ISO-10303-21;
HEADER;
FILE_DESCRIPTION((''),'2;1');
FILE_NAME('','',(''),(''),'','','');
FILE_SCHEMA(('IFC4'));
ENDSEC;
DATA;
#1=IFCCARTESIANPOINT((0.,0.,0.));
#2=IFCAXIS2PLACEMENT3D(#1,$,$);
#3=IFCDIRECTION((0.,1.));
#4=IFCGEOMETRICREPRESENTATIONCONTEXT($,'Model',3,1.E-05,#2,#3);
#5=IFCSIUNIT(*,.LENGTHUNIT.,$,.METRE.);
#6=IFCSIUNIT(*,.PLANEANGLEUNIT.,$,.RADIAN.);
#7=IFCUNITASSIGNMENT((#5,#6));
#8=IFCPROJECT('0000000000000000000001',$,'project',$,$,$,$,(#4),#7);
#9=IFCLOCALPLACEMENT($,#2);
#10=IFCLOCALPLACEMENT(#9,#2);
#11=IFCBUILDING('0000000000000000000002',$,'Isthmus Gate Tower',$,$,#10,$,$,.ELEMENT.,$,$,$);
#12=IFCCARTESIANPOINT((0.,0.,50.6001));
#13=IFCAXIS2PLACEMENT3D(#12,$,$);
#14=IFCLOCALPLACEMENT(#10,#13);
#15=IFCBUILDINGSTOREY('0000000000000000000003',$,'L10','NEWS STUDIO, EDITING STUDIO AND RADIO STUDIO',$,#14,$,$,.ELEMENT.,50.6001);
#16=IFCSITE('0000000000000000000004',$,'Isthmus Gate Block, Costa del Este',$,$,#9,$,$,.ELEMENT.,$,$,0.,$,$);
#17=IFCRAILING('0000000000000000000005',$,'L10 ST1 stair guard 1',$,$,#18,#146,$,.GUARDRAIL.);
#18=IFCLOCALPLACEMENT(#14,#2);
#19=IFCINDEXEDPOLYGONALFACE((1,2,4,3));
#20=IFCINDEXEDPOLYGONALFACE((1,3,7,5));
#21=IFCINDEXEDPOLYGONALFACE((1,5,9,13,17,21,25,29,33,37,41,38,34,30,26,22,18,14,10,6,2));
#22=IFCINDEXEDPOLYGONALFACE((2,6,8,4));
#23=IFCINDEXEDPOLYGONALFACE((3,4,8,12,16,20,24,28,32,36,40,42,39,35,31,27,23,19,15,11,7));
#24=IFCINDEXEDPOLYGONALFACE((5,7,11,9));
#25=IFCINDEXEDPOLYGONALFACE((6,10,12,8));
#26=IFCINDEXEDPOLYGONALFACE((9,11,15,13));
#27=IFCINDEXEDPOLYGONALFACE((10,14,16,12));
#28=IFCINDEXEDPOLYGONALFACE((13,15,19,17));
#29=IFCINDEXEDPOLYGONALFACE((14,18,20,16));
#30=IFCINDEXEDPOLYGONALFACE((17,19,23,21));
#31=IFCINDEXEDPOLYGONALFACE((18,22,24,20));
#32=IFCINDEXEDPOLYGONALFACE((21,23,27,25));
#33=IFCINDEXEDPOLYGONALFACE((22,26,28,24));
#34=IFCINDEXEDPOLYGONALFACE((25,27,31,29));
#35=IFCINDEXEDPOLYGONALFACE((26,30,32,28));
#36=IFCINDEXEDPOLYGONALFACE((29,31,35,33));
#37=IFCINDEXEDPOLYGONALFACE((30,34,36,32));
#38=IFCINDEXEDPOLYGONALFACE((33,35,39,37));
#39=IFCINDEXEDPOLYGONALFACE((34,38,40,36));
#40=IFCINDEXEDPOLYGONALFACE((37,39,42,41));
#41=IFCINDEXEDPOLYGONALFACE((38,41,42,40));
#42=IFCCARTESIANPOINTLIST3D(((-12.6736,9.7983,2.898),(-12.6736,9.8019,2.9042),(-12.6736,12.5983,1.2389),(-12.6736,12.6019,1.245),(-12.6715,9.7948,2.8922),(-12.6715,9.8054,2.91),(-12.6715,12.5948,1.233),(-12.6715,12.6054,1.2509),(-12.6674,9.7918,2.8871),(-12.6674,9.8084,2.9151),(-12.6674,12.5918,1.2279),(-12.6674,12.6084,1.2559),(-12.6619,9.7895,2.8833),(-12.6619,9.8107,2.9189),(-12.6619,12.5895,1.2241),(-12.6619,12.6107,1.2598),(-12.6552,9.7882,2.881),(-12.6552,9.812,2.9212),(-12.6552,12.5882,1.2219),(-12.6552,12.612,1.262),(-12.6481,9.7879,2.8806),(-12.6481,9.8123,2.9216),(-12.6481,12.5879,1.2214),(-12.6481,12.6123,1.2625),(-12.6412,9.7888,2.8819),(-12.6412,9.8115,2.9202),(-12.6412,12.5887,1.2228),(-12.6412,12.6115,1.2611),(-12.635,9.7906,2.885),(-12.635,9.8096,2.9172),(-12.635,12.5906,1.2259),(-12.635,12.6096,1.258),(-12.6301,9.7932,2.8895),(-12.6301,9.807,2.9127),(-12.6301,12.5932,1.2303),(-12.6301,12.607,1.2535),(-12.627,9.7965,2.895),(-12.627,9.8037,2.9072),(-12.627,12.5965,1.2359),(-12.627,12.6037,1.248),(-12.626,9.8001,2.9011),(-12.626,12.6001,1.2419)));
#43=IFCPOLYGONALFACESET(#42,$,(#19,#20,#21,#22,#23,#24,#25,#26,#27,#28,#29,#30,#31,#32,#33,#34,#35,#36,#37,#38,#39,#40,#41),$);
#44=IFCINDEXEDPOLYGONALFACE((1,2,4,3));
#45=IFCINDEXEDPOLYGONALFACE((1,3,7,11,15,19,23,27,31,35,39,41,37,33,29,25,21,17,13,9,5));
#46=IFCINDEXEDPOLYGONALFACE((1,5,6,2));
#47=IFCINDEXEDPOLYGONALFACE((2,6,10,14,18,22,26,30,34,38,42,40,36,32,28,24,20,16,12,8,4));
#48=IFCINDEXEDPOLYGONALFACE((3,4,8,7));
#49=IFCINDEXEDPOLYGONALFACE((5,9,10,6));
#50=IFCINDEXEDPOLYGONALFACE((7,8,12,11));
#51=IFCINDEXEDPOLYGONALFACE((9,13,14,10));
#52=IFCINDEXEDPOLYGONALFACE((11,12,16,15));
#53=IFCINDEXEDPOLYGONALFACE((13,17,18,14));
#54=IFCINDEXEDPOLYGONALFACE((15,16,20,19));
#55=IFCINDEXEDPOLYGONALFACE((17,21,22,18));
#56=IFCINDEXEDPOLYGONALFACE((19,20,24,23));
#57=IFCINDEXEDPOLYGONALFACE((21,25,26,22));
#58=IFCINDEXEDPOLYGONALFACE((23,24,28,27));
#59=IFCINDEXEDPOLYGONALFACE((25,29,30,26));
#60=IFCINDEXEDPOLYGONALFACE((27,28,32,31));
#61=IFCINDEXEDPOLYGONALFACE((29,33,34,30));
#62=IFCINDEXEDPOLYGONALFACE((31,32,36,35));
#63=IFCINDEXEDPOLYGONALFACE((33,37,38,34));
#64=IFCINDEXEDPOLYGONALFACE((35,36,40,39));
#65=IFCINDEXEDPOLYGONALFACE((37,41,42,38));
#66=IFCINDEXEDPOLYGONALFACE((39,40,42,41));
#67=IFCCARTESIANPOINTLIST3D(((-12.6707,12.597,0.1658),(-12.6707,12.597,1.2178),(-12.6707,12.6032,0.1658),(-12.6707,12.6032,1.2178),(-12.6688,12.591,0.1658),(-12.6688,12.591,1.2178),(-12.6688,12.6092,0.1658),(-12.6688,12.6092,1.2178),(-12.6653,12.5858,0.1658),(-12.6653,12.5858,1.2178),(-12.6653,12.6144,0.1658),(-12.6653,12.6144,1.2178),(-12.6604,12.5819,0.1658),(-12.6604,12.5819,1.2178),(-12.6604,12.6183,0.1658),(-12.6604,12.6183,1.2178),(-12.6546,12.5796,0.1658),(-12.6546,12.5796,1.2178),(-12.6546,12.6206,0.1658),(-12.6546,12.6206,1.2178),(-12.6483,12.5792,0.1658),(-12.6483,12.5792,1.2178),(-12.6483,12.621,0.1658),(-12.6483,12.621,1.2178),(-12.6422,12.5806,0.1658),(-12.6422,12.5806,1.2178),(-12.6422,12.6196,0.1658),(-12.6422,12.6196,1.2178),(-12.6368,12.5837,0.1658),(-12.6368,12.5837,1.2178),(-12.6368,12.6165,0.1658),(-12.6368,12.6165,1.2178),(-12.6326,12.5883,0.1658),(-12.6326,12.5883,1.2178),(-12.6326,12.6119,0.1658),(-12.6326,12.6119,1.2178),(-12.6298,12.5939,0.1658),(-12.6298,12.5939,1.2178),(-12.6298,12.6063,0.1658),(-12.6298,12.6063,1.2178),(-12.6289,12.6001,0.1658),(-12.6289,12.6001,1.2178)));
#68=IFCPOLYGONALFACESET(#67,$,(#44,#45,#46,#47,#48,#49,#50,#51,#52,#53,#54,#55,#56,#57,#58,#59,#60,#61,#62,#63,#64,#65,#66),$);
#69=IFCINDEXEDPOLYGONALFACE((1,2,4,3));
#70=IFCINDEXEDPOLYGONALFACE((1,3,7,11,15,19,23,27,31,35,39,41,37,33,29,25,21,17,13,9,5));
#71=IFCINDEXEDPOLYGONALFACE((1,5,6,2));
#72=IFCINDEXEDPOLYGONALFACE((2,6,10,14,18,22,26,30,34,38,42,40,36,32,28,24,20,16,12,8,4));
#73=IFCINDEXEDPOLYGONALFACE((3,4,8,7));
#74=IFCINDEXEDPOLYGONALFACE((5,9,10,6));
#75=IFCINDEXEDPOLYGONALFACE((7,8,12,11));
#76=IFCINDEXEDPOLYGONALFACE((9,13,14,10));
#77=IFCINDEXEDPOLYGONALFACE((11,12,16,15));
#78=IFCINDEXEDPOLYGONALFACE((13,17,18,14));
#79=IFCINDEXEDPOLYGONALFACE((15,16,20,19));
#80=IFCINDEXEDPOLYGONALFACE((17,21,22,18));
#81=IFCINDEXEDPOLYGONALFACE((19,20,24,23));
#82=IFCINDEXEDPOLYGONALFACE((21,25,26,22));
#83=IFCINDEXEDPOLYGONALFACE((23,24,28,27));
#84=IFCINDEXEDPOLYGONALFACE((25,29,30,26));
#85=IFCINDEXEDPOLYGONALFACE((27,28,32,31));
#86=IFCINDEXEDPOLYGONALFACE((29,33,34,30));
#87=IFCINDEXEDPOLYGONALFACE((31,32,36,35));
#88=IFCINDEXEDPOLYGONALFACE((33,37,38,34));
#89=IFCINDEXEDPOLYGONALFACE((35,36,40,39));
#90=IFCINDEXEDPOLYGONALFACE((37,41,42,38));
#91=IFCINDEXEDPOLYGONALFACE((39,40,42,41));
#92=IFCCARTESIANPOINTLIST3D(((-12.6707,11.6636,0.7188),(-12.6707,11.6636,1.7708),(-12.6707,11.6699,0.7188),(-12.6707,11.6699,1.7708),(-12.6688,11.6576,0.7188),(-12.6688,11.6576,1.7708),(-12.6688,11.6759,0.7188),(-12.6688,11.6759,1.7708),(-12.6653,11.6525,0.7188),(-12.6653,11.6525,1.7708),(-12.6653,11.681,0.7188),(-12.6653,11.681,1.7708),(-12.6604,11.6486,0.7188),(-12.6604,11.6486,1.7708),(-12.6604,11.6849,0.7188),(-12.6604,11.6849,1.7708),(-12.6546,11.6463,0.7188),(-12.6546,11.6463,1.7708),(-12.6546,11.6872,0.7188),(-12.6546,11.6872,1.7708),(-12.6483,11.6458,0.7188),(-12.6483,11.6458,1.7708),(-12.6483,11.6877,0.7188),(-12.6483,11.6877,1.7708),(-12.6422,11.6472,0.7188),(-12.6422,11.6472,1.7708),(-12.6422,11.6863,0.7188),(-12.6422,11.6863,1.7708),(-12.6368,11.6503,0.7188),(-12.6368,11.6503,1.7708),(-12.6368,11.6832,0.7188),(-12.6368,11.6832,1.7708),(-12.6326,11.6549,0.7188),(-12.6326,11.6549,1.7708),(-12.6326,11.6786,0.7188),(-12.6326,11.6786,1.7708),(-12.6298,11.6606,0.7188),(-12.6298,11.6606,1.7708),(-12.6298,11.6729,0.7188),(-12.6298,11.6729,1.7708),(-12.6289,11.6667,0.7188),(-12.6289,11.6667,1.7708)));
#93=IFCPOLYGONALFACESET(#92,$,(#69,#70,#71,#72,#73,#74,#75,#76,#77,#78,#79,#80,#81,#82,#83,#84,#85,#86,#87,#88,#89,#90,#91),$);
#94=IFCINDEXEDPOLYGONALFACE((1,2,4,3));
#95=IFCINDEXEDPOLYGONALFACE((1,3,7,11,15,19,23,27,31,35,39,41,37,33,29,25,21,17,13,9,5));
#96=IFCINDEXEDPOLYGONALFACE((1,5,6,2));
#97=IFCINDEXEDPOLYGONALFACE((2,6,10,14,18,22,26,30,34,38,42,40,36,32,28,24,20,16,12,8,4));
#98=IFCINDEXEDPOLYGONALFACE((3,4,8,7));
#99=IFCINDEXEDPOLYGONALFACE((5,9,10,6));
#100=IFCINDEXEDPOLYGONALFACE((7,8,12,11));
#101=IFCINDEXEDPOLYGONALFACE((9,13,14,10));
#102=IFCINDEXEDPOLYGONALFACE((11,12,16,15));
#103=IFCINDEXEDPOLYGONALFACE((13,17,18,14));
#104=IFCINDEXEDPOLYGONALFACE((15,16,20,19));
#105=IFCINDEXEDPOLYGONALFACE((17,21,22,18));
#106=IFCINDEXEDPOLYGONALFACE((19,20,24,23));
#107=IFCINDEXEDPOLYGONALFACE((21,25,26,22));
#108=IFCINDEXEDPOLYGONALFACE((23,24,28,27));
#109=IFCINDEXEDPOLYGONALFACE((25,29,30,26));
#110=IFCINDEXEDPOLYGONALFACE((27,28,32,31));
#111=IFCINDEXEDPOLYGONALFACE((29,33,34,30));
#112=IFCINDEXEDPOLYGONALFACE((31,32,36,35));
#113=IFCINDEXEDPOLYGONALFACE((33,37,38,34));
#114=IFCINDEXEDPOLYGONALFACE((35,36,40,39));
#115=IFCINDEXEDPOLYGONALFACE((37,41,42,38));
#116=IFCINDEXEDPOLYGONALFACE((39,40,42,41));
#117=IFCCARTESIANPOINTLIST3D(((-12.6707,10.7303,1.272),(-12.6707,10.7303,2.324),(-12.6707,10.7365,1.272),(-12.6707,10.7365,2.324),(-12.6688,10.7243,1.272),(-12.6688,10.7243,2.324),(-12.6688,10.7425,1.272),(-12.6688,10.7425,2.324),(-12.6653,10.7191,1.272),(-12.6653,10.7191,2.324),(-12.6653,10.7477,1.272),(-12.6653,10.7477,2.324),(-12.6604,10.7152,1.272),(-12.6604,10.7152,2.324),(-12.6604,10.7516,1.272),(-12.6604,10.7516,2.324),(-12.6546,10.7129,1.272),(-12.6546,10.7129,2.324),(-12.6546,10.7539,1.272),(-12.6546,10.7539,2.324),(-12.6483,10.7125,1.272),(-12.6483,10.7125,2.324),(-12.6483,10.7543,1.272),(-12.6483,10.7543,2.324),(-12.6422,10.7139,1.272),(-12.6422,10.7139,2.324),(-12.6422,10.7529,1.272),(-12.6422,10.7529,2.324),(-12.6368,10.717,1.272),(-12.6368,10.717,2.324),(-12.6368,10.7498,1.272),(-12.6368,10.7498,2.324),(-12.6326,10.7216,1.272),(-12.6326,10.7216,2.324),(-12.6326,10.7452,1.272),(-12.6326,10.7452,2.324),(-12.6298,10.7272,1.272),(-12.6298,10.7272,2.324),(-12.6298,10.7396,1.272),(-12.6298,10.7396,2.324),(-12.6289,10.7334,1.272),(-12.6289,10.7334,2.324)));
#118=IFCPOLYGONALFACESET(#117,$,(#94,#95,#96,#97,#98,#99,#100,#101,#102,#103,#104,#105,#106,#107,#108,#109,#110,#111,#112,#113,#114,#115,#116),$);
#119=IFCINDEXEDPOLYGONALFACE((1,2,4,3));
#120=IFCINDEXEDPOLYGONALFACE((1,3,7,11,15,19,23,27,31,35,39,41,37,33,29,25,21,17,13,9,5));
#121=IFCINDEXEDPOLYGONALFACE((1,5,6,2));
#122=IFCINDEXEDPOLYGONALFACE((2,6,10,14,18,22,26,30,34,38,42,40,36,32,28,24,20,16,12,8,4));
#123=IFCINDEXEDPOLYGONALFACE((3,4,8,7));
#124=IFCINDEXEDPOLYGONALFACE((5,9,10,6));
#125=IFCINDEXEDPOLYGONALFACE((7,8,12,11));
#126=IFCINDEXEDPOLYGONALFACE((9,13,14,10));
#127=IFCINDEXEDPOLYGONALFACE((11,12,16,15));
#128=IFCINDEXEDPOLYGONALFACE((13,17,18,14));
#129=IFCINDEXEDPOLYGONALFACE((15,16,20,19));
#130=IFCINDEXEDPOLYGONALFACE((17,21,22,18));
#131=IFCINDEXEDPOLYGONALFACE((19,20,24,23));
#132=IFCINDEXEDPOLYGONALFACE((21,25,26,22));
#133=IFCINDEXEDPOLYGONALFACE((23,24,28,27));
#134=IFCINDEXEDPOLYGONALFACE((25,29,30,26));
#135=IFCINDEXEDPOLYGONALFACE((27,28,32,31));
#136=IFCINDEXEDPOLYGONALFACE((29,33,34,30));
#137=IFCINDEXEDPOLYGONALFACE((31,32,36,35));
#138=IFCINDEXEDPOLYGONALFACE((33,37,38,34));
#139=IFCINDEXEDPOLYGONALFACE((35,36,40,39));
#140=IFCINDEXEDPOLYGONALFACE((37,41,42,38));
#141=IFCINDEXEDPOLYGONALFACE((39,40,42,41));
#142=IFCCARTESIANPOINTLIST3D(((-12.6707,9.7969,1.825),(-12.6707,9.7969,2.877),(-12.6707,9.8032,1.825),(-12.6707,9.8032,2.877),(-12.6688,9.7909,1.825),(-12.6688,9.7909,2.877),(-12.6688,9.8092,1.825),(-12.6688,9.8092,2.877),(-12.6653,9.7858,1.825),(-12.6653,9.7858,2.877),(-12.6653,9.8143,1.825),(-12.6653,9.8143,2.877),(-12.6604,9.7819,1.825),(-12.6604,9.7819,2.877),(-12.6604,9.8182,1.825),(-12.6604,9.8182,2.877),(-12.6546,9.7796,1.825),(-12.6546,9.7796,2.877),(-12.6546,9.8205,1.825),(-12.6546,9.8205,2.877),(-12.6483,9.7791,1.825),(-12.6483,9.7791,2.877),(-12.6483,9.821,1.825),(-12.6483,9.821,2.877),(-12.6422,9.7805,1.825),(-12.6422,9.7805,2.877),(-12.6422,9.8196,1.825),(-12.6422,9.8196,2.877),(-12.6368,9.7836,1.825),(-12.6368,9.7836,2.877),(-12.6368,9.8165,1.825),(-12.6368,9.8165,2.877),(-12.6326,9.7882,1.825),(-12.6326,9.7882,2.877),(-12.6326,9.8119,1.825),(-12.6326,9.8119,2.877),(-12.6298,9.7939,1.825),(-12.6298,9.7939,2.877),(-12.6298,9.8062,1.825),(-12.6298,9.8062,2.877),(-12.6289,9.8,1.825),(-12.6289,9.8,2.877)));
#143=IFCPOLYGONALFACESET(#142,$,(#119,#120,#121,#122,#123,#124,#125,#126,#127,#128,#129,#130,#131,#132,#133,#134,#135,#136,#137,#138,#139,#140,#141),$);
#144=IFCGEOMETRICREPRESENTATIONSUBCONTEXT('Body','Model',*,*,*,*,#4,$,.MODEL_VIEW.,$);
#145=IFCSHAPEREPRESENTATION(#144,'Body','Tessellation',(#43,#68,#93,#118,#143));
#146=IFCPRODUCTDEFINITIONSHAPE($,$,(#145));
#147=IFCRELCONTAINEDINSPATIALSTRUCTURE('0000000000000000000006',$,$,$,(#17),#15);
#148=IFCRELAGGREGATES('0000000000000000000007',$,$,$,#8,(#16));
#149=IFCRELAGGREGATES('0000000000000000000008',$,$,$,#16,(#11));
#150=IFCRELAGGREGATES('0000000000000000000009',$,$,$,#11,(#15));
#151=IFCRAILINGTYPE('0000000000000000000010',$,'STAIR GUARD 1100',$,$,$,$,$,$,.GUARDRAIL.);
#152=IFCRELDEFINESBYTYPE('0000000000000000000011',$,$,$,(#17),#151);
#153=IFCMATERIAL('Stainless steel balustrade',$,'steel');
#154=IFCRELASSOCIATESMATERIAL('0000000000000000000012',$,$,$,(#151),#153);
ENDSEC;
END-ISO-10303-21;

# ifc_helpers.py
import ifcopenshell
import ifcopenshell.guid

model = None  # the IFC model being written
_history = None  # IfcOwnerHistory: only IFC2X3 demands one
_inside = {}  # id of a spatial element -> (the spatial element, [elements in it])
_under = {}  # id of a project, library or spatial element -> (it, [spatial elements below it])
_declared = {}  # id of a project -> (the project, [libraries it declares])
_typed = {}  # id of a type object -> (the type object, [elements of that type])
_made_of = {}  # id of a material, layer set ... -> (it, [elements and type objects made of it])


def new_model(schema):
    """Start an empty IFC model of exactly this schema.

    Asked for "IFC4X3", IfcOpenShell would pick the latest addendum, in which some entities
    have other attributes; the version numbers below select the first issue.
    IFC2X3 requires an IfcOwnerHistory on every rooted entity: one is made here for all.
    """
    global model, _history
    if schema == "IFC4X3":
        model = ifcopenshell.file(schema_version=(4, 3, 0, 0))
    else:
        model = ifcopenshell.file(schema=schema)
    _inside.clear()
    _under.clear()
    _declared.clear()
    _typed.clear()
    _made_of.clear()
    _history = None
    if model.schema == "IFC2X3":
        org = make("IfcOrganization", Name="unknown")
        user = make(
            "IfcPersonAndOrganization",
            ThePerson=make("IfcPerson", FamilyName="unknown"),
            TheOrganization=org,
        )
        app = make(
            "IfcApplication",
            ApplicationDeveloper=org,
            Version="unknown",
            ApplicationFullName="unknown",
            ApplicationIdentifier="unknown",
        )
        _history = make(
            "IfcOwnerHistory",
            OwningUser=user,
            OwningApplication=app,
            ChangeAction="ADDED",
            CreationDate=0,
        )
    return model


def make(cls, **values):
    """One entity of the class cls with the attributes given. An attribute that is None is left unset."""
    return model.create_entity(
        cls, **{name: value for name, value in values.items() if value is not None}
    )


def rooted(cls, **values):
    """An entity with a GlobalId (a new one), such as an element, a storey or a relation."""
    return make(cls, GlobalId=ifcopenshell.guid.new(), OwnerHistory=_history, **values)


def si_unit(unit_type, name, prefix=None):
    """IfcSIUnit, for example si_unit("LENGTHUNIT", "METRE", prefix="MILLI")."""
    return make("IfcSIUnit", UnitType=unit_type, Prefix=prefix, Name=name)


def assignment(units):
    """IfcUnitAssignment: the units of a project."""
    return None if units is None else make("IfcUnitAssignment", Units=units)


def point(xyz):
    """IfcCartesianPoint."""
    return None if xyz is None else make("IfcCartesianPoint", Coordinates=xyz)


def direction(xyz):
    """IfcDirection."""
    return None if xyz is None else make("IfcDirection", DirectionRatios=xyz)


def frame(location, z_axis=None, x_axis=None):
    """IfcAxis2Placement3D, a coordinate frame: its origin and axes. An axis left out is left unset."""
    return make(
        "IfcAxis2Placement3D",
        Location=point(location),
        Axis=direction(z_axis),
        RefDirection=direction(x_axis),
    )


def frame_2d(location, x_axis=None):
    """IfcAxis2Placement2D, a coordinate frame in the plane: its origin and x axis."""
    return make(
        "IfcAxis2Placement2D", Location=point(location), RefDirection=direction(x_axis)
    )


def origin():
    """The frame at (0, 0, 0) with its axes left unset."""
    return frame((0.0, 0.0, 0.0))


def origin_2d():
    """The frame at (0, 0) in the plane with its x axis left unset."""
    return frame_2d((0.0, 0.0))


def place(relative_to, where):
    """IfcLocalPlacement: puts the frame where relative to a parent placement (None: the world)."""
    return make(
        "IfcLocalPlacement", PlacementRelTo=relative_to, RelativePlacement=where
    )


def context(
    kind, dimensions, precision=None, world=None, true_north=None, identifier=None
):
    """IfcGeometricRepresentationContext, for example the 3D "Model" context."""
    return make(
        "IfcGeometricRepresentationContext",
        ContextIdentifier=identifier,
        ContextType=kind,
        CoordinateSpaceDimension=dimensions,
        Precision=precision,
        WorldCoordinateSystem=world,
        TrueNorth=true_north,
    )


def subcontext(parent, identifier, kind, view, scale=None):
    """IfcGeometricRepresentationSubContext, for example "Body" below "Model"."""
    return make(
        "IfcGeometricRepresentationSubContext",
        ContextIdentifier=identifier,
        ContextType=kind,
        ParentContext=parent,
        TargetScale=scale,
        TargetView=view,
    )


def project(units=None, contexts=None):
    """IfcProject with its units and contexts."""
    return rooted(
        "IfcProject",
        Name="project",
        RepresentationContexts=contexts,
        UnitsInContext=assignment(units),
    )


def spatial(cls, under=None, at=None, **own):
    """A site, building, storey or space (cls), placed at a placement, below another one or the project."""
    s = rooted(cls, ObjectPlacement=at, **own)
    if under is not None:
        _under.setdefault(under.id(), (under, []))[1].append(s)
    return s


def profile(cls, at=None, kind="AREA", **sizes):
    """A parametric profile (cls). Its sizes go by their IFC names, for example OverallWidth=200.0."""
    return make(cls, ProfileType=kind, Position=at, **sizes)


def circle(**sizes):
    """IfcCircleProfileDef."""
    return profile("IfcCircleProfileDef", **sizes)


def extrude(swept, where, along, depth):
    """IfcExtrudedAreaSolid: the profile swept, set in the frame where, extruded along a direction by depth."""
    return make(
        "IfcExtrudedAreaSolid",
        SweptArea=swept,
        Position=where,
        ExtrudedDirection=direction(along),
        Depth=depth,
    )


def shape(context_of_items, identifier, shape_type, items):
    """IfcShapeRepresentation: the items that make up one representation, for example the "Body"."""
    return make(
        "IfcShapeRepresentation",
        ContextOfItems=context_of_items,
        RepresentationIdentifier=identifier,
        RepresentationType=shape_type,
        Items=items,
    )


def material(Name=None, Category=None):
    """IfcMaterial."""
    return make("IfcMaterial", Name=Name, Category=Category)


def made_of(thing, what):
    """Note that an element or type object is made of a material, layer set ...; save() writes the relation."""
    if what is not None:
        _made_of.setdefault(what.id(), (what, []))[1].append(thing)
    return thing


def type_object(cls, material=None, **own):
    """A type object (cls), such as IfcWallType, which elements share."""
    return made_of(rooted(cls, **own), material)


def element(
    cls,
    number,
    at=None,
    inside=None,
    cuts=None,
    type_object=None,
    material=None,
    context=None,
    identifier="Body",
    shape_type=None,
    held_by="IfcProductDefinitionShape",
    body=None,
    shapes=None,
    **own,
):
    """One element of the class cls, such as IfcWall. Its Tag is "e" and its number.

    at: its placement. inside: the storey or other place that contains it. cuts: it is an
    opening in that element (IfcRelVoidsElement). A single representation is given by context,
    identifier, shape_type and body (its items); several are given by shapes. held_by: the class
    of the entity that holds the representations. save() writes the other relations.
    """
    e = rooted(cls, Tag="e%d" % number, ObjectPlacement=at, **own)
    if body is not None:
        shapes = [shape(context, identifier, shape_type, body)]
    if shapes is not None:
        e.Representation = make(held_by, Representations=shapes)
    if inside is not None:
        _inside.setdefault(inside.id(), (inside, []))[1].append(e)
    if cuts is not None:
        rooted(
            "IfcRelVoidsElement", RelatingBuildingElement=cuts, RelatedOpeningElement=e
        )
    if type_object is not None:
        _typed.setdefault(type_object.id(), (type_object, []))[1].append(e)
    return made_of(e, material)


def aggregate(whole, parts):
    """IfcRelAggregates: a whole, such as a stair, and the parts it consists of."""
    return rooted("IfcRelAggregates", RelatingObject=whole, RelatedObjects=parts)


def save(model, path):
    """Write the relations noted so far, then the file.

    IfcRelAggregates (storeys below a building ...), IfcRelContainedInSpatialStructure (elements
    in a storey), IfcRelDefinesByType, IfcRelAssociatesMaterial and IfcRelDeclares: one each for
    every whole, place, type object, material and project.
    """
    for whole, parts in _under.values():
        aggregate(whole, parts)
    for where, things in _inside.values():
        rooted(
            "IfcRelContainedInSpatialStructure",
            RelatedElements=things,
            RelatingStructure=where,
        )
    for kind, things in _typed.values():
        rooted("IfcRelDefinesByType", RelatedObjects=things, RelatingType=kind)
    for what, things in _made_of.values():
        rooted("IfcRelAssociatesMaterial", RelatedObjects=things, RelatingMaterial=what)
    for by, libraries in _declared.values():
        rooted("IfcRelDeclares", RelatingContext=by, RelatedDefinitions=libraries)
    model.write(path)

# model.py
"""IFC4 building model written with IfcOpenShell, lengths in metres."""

from ifc_helpers import new_model, si_unit, direction, frame, origin, origin_2d, place, context, subcontext, project, spatial, circle, extrude, material, type_object, element, save


model = new_model("IFC4")

# Units and contexts
model_context = context("Model", 3, precision=1e-05, world=origin(), true_north=direction((0.0, 1.0)))
body_context = subcontext(model_context, "Body", "Model", "MODEL_VIEW")
ifc_project = project(units=[si_unit("LENGTHUNIT", "METRE"), si_unit("PLANEANGLEUNIT", "RADIAN")], contexts=[model_context])

# Site, building, storey
site_placement = place(None, origin())
site = spatial("IfcSite", under=ifc_project, at=site_placement, Name="Isthmus Gate Block, Costa del Este", CompositionType="ELEMENT", RefElevation=0.0)
building_placement = place(site_placement, origin())
building = spatial("IfcBuilding", under=site, at=building_placement, Name="Isthmus Gate Tower", CompositionType="ELEMENT")
storey_placement = place(building_placement, frame((0.0, 0.0, 50.6001)))
storey = spatial("IfcBuildingStorey", under=building, at=storey_placement, Name="L10", Description="NEWS STUDIO, EDITING STUDIO AND RADIO STUDIO", CompositionType="ELEMENT", Elevation=50.6001)

# Railing
ifc_material_1 = material(Name="Stainless steel balustrade", Category="steel")
railing_type_1 = type_object("IfcRailingType", Name="STAIR GUARD 1100", PredefinedType="GUARDRAIL", material=ifc_material_1)
railing_1_placement = place(storey_placement, frame((-12.6499, 12.6001, 0.1658)))
element("IfcRailing", 1, at=railing_1_placement, inside=storey, type_object=railing_type_1, Name="L10 ST1 stair guard 1", PredefinedType="GUARDRAIL", context=body_context, shape_type="SweptSolid", body=[
    extrude(circle(Radius=0.0239, at=origin_2d()), frame((0.0, 0.0, 1.0762), z_axis=(0.0, -0.860306, 0.509778), x_axis=(1.0, 0.0, 0.0)), (0.0, 0.0, 1.0), 3.2546),
    extrude(circle(Radius=0.021, at=origin_2d()), origin(), (0.0, 0.0, 1.0), 1.052),
    extrude(circle(Radius=0.021, at=origin_2d()), frame((0.0, -0.9333, 0.553)), (0.0, 0.0, 1.0), 1.052),
    extrude(circle(Radius=0.021, at=origin_2d()), frame((0.0, -1.8667, 1.1062)), (0.0, 0.0, 1.0), 1.052),
    extrude(circle(Radius=0.021, at=origin_2d()), frame((0.0, -2.8, 1.6592)), (0.0, 0.0, 1.0), 1.052),
])

save(model, "model.ifc")
